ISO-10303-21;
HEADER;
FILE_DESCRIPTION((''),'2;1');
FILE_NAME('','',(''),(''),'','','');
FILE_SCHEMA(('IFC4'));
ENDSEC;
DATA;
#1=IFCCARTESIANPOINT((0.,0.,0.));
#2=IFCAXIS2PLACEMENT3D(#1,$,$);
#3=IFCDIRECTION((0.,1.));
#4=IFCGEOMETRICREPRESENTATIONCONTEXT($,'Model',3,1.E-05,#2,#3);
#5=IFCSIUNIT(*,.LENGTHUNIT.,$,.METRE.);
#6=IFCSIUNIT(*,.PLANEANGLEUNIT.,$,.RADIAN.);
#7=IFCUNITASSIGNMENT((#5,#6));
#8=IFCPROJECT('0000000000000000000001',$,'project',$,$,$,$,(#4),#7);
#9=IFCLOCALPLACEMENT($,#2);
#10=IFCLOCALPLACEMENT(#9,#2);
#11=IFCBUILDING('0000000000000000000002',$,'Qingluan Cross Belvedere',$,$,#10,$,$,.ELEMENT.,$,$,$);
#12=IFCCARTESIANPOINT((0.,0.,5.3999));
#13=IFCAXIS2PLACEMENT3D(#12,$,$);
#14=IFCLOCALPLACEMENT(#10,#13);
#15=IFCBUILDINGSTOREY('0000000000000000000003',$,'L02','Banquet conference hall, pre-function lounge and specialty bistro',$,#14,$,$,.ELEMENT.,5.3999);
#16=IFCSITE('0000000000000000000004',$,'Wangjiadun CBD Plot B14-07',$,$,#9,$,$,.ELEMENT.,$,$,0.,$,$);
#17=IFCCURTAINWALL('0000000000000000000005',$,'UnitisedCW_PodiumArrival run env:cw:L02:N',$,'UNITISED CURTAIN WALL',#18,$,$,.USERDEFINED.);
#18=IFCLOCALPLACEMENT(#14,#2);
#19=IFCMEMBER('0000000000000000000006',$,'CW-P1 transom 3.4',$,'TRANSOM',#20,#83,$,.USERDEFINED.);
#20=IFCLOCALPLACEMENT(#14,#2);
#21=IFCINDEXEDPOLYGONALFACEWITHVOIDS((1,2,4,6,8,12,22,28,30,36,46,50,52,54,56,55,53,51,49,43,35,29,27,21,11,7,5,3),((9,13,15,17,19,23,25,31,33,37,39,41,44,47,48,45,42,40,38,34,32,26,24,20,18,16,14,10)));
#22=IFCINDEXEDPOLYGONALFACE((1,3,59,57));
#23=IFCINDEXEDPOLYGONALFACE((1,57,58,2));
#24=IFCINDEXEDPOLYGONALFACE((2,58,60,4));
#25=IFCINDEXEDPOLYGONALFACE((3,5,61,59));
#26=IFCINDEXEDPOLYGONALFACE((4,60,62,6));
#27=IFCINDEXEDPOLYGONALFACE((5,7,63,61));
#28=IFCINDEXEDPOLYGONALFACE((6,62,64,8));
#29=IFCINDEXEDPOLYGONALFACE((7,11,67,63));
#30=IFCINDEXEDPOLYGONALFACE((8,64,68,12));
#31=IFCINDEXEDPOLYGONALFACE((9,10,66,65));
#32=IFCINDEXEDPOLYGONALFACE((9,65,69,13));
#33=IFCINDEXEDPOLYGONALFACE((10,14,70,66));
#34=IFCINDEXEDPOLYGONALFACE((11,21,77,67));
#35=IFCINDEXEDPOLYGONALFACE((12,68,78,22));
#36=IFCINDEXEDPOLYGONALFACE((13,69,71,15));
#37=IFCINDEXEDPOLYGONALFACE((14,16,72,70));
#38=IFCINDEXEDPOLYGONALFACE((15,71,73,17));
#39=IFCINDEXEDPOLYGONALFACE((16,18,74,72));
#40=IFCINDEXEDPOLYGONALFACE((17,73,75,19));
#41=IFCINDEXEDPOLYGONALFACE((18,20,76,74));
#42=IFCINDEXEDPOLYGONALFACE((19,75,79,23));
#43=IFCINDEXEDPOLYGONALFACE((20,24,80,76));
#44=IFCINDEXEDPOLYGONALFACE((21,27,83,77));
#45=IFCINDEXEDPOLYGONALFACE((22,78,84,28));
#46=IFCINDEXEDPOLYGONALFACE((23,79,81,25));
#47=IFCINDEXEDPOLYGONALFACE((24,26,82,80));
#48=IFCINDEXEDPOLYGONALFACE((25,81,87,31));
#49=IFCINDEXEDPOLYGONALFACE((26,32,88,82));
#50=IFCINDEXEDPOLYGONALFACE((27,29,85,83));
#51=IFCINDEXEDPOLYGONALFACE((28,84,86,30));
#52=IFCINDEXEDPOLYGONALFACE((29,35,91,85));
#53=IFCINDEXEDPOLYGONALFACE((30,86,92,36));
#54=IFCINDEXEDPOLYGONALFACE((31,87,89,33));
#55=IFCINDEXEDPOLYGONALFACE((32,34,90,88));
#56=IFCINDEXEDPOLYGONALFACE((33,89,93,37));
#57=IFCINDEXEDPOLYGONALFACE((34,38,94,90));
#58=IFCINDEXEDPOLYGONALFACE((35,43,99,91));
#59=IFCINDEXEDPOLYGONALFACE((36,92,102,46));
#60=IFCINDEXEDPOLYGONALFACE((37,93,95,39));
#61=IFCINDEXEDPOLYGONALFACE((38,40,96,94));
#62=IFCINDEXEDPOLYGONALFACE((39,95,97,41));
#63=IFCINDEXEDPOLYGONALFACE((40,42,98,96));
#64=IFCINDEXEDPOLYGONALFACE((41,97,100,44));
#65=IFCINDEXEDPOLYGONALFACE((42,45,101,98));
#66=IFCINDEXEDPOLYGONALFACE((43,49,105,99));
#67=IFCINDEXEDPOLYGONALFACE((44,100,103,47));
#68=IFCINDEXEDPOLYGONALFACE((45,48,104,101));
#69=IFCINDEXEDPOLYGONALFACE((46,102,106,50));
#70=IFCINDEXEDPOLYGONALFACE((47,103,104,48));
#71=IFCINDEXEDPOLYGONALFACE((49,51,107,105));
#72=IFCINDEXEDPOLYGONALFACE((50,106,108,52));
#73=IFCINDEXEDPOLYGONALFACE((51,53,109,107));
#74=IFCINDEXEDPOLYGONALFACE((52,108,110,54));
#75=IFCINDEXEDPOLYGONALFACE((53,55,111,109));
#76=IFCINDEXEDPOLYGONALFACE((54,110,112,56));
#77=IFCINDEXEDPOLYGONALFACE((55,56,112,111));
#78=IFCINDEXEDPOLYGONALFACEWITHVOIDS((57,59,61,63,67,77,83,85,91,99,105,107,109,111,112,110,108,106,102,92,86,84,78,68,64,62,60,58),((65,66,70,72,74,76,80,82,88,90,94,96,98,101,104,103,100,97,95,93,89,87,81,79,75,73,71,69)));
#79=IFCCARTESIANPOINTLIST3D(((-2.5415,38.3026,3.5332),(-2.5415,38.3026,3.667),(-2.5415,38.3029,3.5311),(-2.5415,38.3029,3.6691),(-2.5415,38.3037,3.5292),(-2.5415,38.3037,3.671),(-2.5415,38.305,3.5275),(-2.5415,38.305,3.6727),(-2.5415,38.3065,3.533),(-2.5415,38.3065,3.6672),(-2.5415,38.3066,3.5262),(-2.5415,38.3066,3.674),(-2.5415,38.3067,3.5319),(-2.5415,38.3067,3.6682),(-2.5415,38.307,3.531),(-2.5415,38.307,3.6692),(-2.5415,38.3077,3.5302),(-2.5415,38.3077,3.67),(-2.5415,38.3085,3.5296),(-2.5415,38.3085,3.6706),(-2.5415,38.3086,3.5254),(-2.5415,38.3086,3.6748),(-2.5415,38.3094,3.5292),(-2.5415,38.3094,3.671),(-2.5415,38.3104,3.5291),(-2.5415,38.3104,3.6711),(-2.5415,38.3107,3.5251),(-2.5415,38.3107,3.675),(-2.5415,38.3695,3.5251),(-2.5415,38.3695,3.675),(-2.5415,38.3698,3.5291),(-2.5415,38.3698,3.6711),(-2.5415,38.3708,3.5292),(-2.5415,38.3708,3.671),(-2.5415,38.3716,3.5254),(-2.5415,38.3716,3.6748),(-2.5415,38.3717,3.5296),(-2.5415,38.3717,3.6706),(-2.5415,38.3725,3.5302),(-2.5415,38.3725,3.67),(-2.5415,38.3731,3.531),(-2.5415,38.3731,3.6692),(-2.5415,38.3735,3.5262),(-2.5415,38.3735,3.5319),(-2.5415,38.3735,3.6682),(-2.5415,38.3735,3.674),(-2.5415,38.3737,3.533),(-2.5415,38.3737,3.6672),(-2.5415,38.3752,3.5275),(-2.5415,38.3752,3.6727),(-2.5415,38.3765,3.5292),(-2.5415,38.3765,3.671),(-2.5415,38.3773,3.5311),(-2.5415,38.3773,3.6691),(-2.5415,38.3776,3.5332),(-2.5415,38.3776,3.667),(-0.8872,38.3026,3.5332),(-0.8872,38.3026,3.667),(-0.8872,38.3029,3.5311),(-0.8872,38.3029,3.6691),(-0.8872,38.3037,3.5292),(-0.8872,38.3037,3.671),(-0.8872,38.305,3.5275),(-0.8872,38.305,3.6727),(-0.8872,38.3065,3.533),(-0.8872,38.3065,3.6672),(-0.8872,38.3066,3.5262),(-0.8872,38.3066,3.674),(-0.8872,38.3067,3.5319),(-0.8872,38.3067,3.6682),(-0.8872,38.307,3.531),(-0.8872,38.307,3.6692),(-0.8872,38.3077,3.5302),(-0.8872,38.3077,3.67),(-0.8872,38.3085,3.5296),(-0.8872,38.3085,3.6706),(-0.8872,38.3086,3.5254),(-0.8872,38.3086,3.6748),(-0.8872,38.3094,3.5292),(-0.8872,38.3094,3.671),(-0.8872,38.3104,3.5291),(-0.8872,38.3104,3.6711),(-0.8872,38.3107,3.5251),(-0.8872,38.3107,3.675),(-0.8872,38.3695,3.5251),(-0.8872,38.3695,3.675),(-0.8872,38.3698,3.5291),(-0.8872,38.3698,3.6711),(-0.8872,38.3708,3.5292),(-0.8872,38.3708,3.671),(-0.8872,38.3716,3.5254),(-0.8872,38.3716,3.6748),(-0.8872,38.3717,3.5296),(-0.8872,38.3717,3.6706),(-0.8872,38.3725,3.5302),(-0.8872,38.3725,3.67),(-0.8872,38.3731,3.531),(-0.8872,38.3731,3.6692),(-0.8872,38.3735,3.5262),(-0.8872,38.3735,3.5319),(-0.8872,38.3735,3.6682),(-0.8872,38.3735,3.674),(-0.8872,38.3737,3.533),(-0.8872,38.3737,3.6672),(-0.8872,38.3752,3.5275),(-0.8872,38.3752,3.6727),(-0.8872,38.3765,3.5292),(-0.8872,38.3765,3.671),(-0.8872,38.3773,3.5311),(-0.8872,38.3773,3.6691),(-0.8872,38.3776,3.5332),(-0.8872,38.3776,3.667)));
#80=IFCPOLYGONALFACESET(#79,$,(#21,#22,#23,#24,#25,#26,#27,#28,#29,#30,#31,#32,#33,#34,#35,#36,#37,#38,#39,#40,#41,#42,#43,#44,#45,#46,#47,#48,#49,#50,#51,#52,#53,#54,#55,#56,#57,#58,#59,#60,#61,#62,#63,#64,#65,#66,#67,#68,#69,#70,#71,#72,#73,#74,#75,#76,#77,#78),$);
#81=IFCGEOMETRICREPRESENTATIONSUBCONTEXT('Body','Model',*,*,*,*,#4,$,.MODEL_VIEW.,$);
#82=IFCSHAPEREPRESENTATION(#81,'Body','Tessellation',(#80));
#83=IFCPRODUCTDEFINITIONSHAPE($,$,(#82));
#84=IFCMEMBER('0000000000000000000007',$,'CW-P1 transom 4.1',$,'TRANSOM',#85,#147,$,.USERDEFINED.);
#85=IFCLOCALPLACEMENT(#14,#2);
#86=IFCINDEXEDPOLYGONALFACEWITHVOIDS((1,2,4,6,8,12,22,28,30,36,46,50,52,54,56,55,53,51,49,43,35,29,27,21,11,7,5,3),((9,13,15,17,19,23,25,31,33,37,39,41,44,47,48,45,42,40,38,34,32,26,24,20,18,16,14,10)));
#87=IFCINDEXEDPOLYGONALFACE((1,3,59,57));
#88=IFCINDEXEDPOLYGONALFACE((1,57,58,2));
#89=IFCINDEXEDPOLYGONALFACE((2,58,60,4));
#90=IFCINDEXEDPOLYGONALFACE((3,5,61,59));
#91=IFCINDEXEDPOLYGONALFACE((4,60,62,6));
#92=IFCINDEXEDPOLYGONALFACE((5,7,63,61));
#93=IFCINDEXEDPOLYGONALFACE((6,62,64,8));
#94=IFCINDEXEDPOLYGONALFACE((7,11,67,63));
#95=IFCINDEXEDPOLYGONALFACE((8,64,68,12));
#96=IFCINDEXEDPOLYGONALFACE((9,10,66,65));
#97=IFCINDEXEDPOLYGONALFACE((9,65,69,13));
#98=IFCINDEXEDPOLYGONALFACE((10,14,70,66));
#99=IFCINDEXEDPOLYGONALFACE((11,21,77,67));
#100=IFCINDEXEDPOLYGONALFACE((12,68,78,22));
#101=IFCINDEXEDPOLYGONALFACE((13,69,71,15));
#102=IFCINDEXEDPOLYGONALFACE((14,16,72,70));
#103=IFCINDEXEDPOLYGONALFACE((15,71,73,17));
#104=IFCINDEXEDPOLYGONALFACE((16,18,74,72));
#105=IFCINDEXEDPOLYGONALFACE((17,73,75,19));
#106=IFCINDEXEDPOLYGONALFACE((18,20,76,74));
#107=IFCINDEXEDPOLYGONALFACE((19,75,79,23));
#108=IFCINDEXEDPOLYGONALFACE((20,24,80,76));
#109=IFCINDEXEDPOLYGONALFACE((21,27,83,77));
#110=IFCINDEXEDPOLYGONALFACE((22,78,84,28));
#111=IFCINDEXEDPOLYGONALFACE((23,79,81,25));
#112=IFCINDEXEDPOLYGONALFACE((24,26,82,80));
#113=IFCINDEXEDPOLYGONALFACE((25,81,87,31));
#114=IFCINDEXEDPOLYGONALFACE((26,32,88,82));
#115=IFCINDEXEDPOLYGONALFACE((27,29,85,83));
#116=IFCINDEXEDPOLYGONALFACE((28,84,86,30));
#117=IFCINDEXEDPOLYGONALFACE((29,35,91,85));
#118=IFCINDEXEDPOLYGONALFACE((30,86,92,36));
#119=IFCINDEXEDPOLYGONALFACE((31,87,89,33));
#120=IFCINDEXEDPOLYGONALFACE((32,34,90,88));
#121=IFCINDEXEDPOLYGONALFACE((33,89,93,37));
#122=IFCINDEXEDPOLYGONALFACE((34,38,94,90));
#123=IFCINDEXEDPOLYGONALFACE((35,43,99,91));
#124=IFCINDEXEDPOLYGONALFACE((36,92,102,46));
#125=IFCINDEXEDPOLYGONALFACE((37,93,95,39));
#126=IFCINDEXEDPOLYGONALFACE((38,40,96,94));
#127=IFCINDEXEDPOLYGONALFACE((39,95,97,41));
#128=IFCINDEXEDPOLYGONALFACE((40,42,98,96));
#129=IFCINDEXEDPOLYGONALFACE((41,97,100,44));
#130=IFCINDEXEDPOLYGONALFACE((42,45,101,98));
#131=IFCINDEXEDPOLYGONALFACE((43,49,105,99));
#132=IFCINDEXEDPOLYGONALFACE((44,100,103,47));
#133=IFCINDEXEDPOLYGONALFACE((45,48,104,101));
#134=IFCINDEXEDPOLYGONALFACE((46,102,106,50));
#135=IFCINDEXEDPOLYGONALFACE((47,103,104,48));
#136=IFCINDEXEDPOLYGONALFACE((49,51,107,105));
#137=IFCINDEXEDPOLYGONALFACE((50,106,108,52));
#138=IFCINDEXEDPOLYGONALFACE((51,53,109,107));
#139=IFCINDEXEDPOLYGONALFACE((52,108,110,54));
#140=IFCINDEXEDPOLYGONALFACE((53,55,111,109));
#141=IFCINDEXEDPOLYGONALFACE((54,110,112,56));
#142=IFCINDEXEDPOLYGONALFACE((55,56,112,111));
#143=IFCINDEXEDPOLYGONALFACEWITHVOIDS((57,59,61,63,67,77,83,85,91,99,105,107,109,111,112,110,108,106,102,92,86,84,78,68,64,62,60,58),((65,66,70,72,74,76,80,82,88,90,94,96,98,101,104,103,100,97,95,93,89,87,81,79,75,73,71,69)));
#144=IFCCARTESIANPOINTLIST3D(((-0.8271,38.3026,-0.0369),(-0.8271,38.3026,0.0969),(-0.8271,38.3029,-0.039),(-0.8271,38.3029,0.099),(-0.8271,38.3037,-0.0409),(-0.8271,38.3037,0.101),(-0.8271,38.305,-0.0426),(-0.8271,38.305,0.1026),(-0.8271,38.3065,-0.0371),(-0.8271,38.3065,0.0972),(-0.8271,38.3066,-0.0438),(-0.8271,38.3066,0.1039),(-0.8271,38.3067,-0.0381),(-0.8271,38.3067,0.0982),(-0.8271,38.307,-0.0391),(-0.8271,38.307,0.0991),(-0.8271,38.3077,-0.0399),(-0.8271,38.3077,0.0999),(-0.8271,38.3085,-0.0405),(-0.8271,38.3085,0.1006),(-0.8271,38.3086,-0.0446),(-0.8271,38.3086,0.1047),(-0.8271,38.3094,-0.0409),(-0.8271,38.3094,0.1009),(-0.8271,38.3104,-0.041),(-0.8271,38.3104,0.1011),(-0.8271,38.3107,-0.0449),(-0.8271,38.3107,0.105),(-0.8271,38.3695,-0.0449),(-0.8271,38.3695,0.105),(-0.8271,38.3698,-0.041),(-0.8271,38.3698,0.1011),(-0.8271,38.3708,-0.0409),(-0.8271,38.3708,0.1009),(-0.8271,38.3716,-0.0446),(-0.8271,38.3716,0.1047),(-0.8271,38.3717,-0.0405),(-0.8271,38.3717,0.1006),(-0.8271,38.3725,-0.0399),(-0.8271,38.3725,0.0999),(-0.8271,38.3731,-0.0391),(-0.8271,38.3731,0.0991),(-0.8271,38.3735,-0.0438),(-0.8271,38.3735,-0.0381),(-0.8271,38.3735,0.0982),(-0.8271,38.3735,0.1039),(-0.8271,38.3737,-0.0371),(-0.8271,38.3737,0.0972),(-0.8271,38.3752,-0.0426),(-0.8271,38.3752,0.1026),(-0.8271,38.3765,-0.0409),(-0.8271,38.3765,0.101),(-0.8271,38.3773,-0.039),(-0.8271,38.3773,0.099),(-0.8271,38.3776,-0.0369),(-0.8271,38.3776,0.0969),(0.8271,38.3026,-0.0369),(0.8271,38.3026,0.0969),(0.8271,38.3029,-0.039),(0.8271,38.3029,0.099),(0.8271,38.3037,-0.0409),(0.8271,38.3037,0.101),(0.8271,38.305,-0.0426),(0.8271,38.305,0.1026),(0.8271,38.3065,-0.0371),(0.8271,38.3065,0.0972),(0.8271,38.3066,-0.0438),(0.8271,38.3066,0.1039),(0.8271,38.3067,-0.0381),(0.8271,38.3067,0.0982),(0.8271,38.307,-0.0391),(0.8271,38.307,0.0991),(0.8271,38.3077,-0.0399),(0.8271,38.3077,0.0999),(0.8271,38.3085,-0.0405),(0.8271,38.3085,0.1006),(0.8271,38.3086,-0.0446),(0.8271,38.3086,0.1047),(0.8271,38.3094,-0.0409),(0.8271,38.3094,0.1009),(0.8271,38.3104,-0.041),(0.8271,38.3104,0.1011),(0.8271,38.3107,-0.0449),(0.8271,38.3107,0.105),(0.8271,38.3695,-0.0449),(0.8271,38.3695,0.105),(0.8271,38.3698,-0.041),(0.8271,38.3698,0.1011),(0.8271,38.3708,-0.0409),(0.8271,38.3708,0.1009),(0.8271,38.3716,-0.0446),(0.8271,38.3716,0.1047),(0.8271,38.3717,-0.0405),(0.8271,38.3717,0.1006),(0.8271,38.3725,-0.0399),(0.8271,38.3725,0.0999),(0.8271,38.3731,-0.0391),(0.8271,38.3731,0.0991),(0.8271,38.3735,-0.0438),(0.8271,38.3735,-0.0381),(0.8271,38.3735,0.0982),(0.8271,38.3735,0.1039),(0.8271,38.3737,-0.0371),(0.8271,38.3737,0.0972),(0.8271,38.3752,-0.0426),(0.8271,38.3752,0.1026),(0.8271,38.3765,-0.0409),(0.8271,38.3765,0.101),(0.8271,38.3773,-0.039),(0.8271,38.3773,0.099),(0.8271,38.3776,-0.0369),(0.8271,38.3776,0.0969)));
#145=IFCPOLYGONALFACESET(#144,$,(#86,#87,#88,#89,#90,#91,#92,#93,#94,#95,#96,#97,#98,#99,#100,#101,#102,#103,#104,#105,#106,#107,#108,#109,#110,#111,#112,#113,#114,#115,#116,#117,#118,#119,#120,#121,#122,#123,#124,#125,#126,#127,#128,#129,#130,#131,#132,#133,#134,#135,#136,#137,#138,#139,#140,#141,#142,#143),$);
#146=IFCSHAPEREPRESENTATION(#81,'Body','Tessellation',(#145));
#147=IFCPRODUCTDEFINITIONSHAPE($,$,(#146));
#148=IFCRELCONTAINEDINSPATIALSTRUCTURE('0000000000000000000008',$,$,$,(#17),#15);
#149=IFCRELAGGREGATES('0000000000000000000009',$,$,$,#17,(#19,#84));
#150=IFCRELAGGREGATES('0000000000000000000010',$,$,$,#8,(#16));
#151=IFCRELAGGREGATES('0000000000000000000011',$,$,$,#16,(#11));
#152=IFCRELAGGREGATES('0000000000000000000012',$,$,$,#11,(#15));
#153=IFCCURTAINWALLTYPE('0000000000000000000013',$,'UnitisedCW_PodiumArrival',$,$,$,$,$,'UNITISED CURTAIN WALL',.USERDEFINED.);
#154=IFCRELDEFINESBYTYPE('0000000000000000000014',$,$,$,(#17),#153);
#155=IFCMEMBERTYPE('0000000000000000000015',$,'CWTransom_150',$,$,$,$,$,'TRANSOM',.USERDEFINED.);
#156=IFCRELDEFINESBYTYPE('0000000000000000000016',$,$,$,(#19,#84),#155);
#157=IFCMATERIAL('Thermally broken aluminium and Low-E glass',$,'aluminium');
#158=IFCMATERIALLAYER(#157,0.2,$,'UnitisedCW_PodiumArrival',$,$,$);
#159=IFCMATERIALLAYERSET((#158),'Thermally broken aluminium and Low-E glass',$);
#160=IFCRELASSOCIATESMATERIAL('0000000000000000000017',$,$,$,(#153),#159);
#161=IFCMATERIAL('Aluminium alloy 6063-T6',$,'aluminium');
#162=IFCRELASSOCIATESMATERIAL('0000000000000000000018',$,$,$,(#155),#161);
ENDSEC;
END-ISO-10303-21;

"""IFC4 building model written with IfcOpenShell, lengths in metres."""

from ifc_helpers import new_model, si_unit, direction, frame, origin, origin_2d, place, context, subcontext, project, spatial, hollow_rectangle, extrude, material, layer, layer_set, material_profile, profile_set, type_object, element, aggregate, save


model = new_model("IFC4")

# Units and contexts
model_context = context("Model", 3, precision=1e-05, world=origin(), true_north=direction((0.0, 1.0)))
body_context = subcontext(model_context, "Body", "Model", "MODEL_VIEW")
ifc_project = project(units=[si_unit("LENGTHUNIT", "METRE"), si_unit("PLANEANGLEUNIT", "RADIAN")], contexts=[model_context])

# Site, building, storey
site_placement = place(None, origin())
site = spatial("IfcSite", under=ifc_project, at=site_placement, Name="Wangjiadun CBD Plot B14-07", CompositionType="ELEMENT", RefElevation=0.0)
building_placement = place(site_placement, origin())
building = spatial("IfcBuilding", under=site, at=building_placement, Name="Qingluan Cross Belvedere", CompositionType="ELEMENT")
storey_placement = place(building_placement, frame((0.0, 0.0, 5.3999)))
storey = spatial("IfcBuildingStorey", under=building, at=storey_placement, Name="L02", Description="Banquet conference hall, pre-function lounge and specialty bistro", CompositionType="ELEMENT", Elevation=5.3999)

# Curtain wall, members
ifc_material_1 = material(Name="Thermally broken aluminium and Low-E glass", Category="aluminium")
ifc_layer_1 = layer(ifc_material_1, 0.2, Name="UnitisedCW_PodiumArrival")
ifc_layer_set_1 = layer_set([ifc_layer_1], Name="Thermally broken aluminium and Low-E glass")
curtain_wall_type = type_object("IfcCurtainWallType", Name="UnitisedCW_PodiumArrival", ElementType="UNITISED CURTAIN WALL", PredefinedType="USERDEFINED", material=ifc_layer_set_1)
curtain_wall_placement = place(storey_placement, origin())
curtain_wall = element("IfcCurtainWall", 1, at=curtain_wall_placement, inside=storey, type_object=curtain_wall_type, Name="UnitisedCW_PodiumArrival run env:cw:L02:N", ObjectType="UNITISED CURTAIN WALL", PredefinedType="USERDEFINED")
ifc_material_2 = material(Name="Aluminium alloy 6063-T6", Category="aluminium")
ifc_material_profile_1 = material_profile(ifc_material_2, hollow_rectangle(XDim=0.075, YDim=0.1499, WallThickness=0.0039, InnerFilletRadius=0.0039, OuterFilletRadius=0.0081, at=origin_2d()), Name="CWT150x75x4")
ifc_profile_set_1 = profile_set([ifc_material_profile_1], Name="Aluminium alloy 6063-T6")
member_type_1 = type_object("IfcMemberType", Name="CWTransom_150", ElementType="TRANSOM", PredefinedType="USERDEFINED", material=ifc_profile_set_1)
member_1_placement = place(storey_placement, frame((-2.5415, 38.3401, 3.6001), z_axis=(1.0, 0.0, 0.0), x_axis=(0.0, 1.0, 0.0)))
member_1 = element("IfcMember", 2, at=member_1_placement, type_object=member_type_1, Name="CW-P1 transom 3.4", ObjectType="TRANSOM", PredefinedType="USERDEFINED", context=body_context, shape_type="SweptSolid", body=[
    extrude(hollow_rectangle(XDim=0.075, YDim=0.1499, WallThickness=0.0039, InnerFilletRadius=0.0039, OuterFilletRadius=0.0081, at=origin_2d()), origin(), (0.0, 0.0, 1.0), 1.6543),
])
member_2_placement = place(storey_placement, frame((-0.8271, 38.3401, 0.03), z_axis=(1.0, 0.0, 0.0), x_axis=(0.0, 1.0, 0.0)))
member_2 = element("IfcMember", 3, at=member_2_placement, type_object=member_type_1, Name="CW-P1 transom 4.1", ObjectType="TRANSOM", PredefinedType="USERDEFINED", context=body_context, shape_type="SweptSolid", body=[
    extrude(hollow_rectangle(XDim=0.075, YDim=0.1499, WallThickness=0.0039, InnerFilletRadius=0.0039, OuterFilletRadius=0.0081, at=origin_2d()), origin(), (0.0, 0.0, 1.0), 1.6543),
])

aggregate(curtain_wall, [member_1, member_2])

save(model, "model.ifc")
